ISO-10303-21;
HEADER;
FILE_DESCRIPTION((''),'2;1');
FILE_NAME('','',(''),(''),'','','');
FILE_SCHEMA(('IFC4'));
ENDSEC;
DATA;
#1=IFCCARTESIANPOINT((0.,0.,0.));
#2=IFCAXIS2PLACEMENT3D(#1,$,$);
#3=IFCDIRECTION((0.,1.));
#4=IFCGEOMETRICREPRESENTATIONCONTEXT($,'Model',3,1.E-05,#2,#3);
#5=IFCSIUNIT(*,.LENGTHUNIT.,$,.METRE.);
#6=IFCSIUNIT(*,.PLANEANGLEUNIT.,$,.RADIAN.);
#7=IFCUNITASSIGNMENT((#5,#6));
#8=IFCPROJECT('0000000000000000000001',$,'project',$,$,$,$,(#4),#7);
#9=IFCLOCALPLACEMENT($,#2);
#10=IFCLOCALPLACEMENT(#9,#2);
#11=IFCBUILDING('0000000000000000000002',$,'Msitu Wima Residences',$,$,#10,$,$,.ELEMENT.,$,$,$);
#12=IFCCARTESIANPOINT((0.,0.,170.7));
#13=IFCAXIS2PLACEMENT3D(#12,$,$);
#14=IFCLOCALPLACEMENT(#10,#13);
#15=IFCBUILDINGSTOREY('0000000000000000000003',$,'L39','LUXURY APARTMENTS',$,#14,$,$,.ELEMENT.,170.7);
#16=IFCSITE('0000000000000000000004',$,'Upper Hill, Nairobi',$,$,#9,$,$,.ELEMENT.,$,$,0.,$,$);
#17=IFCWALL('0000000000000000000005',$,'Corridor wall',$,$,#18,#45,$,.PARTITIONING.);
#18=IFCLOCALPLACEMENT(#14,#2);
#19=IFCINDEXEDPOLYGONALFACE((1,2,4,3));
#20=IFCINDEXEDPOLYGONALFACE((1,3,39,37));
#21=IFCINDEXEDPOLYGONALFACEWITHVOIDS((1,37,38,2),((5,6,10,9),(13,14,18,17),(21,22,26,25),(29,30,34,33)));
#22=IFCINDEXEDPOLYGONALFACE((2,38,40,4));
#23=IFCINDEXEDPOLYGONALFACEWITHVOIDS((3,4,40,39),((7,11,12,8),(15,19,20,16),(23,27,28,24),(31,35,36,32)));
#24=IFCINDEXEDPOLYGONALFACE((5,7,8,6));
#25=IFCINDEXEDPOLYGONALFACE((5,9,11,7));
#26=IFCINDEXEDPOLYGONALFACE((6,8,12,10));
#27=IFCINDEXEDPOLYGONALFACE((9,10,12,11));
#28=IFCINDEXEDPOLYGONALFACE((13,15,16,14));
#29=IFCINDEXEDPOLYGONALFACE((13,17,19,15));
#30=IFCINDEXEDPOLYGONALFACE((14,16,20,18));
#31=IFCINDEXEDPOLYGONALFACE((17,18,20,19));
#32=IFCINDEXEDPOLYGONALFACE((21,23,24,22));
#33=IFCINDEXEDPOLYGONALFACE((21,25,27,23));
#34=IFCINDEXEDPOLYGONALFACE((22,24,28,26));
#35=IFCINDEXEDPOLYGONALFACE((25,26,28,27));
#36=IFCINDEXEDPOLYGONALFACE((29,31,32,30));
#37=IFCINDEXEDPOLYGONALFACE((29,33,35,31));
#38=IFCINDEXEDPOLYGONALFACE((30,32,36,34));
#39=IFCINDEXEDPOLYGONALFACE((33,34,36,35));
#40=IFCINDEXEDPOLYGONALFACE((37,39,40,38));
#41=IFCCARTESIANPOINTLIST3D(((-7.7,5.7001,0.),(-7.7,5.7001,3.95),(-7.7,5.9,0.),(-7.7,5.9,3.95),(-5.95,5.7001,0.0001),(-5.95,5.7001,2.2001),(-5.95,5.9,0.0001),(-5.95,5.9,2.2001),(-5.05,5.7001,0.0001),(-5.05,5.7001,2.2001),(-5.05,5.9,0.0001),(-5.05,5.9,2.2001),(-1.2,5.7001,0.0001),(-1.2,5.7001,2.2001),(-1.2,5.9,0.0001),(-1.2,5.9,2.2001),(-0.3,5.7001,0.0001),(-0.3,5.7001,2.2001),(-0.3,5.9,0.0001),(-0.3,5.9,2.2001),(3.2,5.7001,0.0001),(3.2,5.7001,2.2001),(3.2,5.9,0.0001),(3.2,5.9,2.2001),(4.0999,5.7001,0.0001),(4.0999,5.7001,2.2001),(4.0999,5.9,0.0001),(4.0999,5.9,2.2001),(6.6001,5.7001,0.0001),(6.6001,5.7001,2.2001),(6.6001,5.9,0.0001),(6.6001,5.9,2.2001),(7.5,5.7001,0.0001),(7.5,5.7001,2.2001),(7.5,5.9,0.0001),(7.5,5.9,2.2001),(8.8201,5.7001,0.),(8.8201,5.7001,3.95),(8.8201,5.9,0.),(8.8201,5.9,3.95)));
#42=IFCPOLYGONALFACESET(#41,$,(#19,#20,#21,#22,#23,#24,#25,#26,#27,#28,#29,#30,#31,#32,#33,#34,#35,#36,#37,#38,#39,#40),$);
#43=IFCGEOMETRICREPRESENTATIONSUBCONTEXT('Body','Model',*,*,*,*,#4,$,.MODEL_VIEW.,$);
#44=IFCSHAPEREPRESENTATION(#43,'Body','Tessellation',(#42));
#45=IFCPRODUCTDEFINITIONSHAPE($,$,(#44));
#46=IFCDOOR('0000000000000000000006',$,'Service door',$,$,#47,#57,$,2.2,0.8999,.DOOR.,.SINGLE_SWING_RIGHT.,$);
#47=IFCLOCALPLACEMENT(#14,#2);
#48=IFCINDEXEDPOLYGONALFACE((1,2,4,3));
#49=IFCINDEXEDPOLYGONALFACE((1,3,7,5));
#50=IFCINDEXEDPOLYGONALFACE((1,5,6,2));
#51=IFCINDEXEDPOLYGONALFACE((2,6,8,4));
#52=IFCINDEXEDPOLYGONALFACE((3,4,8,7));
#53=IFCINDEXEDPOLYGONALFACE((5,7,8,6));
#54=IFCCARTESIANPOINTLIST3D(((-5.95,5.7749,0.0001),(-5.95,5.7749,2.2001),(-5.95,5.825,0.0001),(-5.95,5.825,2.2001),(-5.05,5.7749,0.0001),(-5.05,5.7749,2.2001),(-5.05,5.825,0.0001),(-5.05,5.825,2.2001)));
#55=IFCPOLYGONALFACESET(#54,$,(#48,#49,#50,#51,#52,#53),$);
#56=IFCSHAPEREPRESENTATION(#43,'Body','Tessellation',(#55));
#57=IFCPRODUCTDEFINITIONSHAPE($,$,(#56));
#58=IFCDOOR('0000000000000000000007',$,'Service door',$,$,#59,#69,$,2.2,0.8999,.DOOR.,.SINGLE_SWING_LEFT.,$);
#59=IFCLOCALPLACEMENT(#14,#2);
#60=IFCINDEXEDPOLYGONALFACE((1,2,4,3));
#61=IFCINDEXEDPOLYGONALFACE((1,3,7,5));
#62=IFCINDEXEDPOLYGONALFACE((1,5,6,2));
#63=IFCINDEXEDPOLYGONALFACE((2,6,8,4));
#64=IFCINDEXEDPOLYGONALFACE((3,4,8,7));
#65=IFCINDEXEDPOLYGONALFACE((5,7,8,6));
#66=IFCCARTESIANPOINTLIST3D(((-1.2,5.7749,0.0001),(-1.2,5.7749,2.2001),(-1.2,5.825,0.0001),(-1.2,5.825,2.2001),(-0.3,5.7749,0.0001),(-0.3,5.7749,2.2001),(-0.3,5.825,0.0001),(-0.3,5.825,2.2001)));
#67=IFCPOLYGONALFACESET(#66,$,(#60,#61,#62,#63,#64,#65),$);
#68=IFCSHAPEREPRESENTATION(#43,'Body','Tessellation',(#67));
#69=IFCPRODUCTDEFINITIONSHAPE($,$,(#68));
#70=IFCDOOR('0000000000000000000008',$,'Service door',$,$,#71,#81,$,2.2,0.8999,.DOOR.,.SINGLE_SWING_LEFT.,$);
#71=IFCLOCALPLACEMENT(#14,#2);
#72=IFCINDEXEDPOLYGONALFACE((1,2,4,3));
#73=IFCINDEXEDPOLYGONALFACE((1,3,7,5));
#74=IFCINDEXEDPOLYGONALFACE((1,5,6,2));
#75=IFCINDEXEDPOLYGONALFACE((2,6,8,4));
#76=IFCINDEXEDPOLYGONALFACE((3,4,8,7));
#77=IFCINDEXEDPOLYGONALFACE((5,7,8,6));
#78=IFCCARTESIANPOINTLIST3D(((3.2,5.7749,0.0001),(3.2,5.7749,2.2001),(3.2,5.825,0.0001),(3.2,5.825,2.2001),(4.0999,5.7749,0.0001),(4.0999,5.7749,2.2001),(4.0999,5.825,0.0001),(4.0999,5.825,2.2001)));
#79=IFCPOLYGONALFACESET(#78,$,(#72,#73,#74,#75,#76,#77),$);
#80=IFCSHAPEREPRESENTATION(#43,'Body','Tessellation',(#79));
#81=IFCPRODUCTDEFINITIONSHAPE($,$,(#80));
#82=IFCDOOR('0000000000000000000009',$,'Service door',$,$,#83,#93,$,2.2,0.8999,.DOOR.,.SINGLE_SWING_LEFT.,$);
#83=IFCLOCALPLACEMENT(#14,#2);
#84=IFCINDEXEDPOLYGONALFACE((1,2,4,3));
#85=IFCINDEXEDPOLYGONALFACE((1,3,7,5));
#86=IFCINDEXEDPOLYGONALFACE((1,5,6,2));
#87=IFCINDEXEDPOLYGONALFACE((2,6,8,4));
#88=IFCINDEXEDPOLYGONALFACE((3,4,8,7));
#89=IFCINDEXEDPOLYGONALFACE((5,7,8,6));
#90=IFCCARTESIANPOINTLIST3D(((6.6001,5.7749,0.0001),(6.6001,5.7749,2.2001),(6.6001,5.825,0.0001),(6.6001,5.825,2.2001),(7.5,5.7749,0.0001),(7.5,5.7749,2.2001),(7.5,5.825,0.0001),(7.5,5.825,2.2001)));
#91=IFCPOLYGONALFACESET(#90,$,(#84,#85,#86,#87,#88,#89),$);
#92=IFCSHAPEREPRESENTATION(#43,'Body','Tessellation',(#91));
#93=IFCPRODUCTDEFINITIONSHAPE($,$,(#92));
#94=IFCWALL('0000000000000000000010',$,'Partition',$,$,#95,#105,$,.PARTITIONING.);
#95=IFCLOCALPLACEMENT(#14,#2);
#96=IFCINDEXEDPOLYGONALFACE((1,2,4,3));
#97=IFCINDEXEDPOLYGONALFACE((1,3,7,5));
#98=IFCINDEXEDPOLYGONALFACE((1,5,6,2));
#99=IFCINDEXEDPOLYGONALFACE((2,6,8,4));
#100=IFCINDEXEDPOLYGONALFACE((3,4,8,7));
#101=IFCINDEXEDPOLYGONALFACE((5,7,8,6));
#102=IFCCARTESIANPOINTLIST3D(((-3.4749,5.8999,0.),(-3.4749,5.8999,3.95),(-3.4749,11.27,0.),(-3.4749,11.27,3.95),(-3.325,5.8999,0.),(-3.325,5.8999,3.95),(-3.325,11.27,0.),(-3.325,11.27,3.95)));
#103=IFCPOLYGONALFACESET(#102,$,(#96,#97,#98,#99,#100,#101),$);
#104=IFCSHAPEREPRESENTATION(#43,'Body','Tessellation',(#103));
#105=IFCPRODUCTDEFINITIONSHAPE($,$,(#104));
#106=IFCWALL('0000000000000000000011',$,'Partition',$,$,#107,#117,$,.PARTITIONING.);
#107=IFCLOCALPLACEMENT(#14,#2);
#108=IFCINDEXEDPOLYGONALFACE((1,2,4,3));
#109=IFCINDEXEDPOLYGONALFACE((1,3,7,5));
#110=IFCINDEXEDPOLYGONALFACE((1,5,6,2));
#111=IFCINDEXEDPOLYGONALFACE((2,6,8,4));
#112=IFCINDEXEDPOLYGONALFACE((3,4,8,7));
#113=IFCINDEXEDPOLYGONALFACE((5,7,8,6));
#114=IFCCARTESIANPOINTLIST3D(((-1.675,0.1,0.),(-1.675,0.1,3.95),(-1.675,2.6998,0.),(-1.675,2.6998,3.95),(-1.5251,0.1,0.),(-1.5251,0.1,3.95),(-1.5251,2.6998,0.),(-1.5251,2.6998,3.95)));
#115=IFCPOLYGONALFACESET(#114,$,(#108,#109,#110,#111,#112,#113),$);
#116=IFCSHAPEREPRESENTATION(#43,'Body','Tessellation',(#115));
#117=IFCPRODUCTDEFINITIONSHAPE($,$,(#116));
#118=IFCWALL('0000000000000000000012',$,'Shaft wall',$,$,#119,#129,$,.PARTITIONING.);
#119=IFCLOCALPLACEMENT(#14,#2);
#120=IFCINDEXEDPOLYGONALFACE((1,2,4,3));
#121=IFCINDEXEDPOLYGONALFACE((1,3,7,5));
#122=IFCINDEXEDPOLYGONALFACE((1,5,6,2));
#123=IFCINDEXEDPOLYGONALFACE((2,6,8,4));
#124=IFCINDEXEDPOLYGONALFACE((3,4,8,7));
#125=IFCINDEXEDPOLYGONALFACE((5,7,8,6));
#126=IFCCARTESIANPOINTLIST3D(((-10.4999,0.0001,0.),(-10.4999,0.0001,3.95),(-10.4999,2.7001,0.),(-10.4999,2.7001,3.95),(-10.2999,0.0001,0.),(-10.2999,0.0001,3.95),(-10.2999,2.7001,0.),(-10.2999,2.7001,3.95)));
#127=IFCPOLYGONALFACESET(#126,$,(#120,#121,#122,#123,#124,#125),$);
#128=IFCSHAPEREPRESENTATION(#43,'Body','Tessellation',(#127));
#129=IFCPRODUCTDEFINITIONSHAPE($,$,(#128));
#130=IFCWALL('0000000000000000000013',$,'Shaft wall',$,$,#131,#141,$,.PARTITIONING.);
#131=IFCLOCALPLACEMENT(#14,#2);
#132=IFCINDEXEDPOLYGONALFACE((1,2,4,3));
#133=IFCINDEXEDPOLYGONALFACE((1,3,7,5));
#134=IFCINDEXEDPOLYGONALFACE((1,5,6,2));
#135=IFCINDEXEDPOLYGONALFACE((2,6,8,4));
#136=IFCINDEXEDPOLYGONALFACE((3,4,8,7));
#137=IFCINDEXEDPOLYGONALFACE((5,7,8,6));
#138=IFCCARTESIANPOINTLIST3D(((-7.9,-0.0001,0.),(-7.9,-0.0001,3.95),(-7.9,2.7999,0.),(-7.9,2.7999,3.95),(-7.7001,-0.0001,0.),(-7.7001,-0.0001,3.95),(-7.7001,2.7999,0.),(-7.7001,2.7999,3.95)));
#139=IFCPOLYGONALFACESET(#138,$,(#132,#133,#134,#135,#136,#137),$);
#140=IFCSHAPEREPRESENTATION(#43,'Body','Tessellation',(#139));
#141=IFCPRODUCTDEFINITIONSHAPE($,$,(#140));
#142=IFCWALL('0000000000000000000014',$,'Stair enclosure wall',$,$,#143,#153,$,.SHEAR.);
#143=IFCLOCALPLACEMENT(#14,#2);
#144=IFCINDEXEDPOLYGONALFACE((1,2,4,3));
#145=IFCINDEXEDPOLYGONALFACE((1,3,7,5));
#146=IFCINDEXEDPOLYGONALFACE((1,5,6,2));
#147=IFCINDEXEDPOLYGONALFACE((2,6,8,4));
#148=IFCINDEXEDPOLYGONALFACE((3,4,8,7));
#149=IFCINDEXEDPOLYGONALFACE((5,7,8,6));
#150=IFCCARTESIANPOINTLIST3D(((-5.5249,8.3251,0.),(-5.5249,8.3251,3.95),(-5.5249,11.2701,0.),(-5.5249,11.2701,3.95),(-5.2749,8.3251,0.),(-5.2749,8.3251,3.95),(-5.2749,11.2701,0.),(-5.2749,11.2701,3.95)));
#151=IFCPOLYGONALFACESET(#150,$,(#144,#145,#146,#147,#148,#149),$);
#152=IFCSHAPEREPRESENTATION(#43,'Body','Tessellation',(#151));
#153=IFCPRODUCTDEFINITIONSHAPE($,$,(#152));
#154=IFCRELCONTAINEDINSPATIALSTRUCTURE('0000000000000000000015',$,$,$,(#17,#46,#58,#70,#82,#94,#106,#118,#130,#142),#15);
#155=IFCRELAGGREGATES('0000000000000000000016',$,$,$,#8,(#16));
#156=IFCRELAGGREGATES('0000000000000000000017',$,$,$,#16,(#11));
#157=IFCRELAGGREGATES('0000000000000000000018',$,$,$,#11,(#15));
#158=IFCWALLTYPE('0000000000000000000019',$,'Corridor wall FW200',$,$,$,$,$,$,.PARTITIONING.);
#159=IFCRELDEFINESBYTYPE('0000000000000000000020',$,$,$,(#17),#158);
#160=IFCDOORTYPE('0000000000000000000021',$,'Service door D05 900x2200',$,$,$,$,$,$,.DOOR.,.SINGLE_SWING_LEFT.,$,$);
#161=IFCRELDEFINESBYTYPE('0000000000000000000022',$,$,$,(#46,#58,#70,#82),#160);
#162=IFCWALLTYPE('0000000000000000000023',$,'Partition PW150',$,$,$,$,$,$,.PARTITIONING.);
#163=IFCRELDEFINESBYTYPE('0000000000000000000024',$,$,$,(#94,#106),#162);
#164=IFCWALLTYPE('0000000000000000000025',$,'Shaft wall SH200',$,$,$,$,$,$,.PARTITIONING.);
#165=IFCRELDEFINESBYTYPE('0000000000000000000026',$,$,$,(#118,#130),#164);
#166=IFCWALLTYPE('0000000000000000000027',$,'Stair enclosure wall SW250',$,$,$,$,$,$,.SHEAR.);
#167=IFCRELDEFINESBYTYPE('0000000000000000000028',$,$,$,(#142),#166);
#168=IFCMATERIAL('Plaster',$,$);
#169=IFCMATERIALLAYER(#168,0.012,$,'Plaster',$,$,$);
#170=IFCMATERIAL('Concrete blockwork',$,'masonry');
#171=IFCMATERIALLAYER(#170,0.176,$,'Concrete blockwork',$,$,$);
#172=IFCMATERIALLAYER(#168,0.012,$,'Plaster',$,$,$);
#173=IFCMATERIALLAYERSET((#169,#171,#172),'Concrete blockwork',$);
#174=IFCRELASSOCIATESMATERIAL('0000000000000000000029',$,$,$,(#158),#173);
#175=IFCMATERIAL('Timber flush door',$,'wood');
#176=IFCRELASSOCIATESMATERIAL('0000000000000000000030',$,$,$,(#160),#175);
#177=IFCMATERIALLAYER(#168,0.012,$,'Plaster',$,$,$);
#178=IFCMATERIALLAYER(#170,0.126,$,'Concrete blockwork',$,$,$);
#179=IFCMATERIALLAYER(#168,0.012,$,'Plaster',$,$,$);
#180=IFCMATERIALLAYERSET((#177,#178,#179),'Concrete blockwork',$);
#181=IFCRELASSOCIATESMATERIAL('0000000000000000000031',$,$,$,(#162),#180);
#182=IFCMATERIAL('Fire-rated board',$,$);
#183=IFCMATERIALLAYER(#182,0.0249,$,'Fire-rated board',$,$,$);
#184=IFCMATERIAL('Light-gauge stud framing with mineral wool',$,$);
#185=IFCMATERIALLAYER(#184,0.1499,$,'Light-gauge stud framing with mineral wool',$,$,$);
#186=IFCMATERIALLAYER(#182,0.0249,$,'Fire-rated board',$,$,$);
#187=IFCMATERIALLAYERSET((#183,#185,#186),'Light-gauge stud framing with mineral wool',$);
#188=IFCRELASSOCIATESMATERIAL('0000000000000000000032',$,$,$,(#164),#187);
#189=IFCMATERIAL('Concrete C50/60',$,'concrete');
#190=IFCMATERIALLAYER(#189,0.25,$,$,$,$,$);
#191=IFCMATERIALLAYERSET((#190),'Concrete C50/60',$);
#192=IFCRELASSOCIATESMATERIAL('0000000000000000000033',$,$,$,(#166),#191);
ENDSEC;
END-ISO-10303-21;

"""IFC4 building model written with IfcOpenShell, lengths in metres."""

from ifc_helpers import new_model, si_unit, direction, frame, frame_2d, origin, place, context, subcontext, project, spatial, rectangle, extrude, material, layer, layer_set, type_object, element, fill, save


model = new_model("IFC4")

# Units and contexts
model_context = context("Model", 3, precision=1e-05, world=origin(), true_north=direction((0.0, 1.0)))
body_context = subcontext(model_context, "Body", "Model", "MODEL_VIEW")
ifc_project = project(units=[si_unit("LENGTHUNIT", "METRE"), si_unit("PLANEANGLEUNIT", "RADIAN")], contexts=[model_context])

# Site, building, storey
site_placement = place(None, origin())
site = spatial("IfcSite", under=ifc_project, at=site_placement, Name="Upper Hill, Nairobi", CompositionType="ELEMENT", RefElevation=0.0)
building_placement = place(site_placement, origin())
building = spatial("IfcBuilding", under=site, at=building_placement, Name="Msitu Wima Residences", CompositionType="ELEMENT")
storey_placement = place(building_placement, frame((0.0, 0.0, 170.7)))
storey = spatial("IfcBuildingStorey", under=building, at=storey_placement, Name="L39", Description="LUXURY APARTMENTS", CompositionType="ELEMENT", Elevation=170.7)

# Shared definitions
ifc_material_1 = material(Name="Plaster")
ifc_layer_1 = layer(ifc_material_1, 0.012, Name="Plaster")
ifc_material_2 = material(Name="Concrete blockwork", Category="masonry")
ifc_layer_2 = layer(ifc_material_2, 0.176, Name="Concrete blockwork")
ifc_layer_3 = layer(ifc_material_1, 0.012, Name="Plaster")
ifc_layer_set_1 = layer_set([ifc_layer_1, ifc_layer_2, ifc_layer_3], Name="Concrete blockwork")
wall_type_1 = type_object("IfcWallType", Name="Corridor wall FW200", PredefinedType="PARTITIONING", material=ifc_layer_set_1)
ifc_material_3 = material(Name="Timber flush door", Category="wood")
door_type_1 = type_object("IfcDoorType", Name="Service door D05 900x2200", OperationType="SINGLE_SWING_LEFT", PredefinedType="DOOR", material=ifc_material_3)

# Wall, openings, doors
wall_1_placement = place(storey_placement, frame((-7.7, 5.8, 0.0), z_axis=(0.0, 0.0, 1.0), x_axis=(1.0, 0.0, 0.0)))
wall_1 = element("IfcWall", 1, at=wall_1_placement, inside=storey, type_object=wall_type_1, Name="Corridor wall", PredefinedType="PARTITIONING", context=body_context, shape_type="SweptSolid", body=[
    extrude(rectangle(XDim=16.52, YDim=0.2, at=frame_2d((8.26, 0.0))), origin(), (0.0, 0.0, 1.0), 3.95),
])
opening_1_placement = place(wall_1_placement, frame((1.75, 0.0, 0.0)))
opening_1 = element("IfcOpeningElement", 2, at=opening_1_placement, cuts=wall_1, PredefinedType="OPENING", context=body_context, shape_type="SweptSolid", body=[
    extrude(rectangle(XDim=0.8999, YDim=2.2, at=frame_2d((0.45, 1.1001))), frame((0.0, 0.1099, 0.0), z_axis=(0.0, -1.0, 0.0), x_axis=(1.0, 0.0, 0.0)), (0.0, 0.0, 1.0), 0.22),
])
opening_2_placement = place(wall_1_placement, frame((6.5, 0.0, 0.0)))
opening_2 = element("IfcOpeningElement", 3, at=opening_2_placement, cuts=wall_1, PredefinedType="OPENING", context=body_context, shape_type="SweptSolid", body=[
    extrude(rectangle(XDim=0.8999, YDim=2.2, at=frame_2d((0.45, 1.1001))), frame((0.0, 0.1099, 0.0), z_axis=(0.0, -1.0, 0.0), x_axis=(1.0, 0.0, 0.0)), (0.0, 0.0, 1.0), 0.22),
])
opening_3_placement = place(wall_1_placement, frame((10.8999, 0.0, 0.0)))
opening_3 = element("IfcOpeningElement", 4, at=opening_3_placement, cuts=wall_1, PredefinedType="OPENING", context=body_context, shape_type="SweptSolid", body=[
    extrude(rectangle(XDim=0.8999, YDim=2.2, at=frame_2d((0.45, 1.1001))), frame((0.0, 0.1099, 0.0), z_axis=(0.0, -1.0, 0.0), x_axis=(1.0, 0.0, 0.0)), (0.0, 0.0, 1.0), 0.22),
])
opening_4_placement = place(wall_1_placement, frame((14.3, 0.0, 0.0)))
opening_4 = element("IfcOpeningElement", 5, at=opening_4_placement, cuts=wall_1, PredefinedType="OPENING", context=body_context, shape_type="SweptSolid", body=[
    extrude(rectangle(XDim=0.8999, YDim=2.2, at=frame_2d((0.45, 1.1001))), frame((0.0, 0.1099, 0.0), z_axis=(0.0, -1.0, 0.0), x_axis=(1.0, 0.0, 0.0)), (0.0, 0.0, 1.0), 0.22),
])
door_1_placement = place(opening_1_placement, origin())
door_1 = element("IfcDoor", 6, at=door_1_placement, inside=storey, type_object=door_type_1, Name="Service door", OperationType="SINGLE_SWING_RIGHT", OverallHeight=2.2, OverallWidth=0.8999, PredefinedType="DOOR", context=body_context, shape_type="SweptSolid", body=[
    extrude(rectangle(XDim=0.8999, YDim=2.2, at=frame_2d((0.45, 1.1001))), frame((0.0, 0.0249, 0.0), z_axis=(0.0, -1.0, 0.0), x_axis=(1.0, 0.0, 0.0)), (0.0, 0.0, 1.0), 0.05),
])
fill(opening_1, door_1)
door_2_placement = place(opening_2_placement, origin())
door_2 = element("IfcDoor", 7, at=door_2_placement, inside=storey, type_object=door_type_1, Name="Service door", OperationType="SINGLE_SWING_LEFT", OverallHeight=2.2, OverallWidth=0.8999, PredefinedType="DOOR", context=body_context, shape_type="SweptSolid", body=[
    extrude(rectangle(XDim=0.8999, YDim=2.2, at=frame_2d((0.45, 1.1001))), frame((0.0, 0.0249, 0.0), z_axis=(0.0, -1.0, 0.0), x_axis=(1.0, 0.0, 0.0)), (0.0, 0.0, 1.0), 0.05),
])
fill(opening_2, door_2)
door_3_placement = place(opening_3_placement, origin())
door_3 = element("IfcDoor", 8, at=door_3_placement, inside=storey, type_object=door_type_1, Name="Service door", OperationType="SINGLE_SWING_LEFT", OverallHeight=2.2, OverallWidth=0.8999, PredefinedType="DOOR", context=body_context, shape_type="SweptSolid", body=[
    extrude(rectangle(XDim=0.8999, YDim=2.2, at=frame_2d((0.45, 1.1001))), frame((0.0, 0.0249, 0.0), z_axis=(0.0, -1.0, 0.0), x_axis=(1.0, 0.0, 0.0)), (0.0, 0.0, 1.0), 0.05),
])
fill(opening_3, door_3)
door_4_placement = place(opening_4_placement, origin())
door_4 = element("IfcDoor", 9, at=door_4_placement, inside=storey, type_object=door_type_1, Name="Service door", OperationType="SINGLE_SWING_LEFT", OverallHeight=2.2, OverallWidth=0.8999, PredefinedType="DOOR", context=body_context, shape_type="SweptSolid", body=[
    extrude(rectangle(XDim=0.8999, YDim=2.2, at=frame_2d((0.45, 1.1001))), frame((0.0, 0.0249, 0.0), z_axis=(0.0, -1.0, 0.0), x_axis=(1.0, 0.0, 0.0)), (0.0, 0.0, 1.0), 0.05),
])
fill(opening_4, door_4)

# Walls
ifc_layer_4 = layer(ifc_material_1, 0.012, Name="Plaster")
ifc_layer_5 = layer(ifc_material_2, 0.126, Name="Concrete blockwork")
ifc_layer_6 = layer(ifc_material_1, 0.012, Name="Plaster")
ifc_layer_set_2 = layer_set([ifc_layer_4, ifc_layer_5, ifc_layer_6], Name="Concrete blockwork")
wall_type_2 = type_object("IfcWallType", Name="Partition PW150", PredefinedType="PARTITIONING", material=ifc_layer_set_2)
wall_2_placement = place(storey_placement, frame((-3.3999, 5.8999, 0.0), z_axis=(0.0, 0.0, 1.0), x_axis=(0.0, 1.0, 0.0)))
element("IfcWall", 10, at=wall_2_placement, inside=storey, type_object=wall_type_2, Name="Partition", PredefinedType="PARTITIONING", context=body_context, shape_type="SweptSolid", body=[
    extrude(rectangle(XDim=5.3701, YDim=0.1499, at=frame_2d((2.6851, 0.0))), origin(), (0.0, 0.0, 1.0), 3.95),
])
wall_3_placement = place(storey_placement, frame((-1.6001, 0.1001, 0.0), z_axis=(0.0, 0.0, 1.0), x_axis=(0.0, 1.0, 0.0)))
element("IfcWall", 11, at=wall_3_placement, inside=storey, type_object=wall_type_2, Name="Partition", PredefinedType="PARTITIONING", context=body_context, shape_type="SweptSolid", body=[
    extrude(rectangle(XDim=2.5999, YDim=0.1499, at=frame_2d((1.2998, 0.0))), origin(), (0.0, 0.0, 1.0), 3.95),
])
ifc_material_4 = material(Name="Fire-rated board")
ifc_layer_7 = layer(ifc_material_4, 0.0249, Name="Fire-rated board")
ifc_material_5 = material(Name="Light-gauge stud framing with mineral wool")
ifc_layer_8 = layer(ifc_material_5, 0.1499, Name="Light-gauge stud framing with mineral wool")
ifc_layer_9 = layer(ifc_material_4, 0.0249, Name="Fire-rated board")
ifc_layer_set_3 = layer_set([ifc_layer_7, ifc_layer_8, ifc_layer_9], Name="Light-gauge stud framing with mineral wool")
wall_type_3 = type_object("IfcWallType", Name="Shaft wall SH200", PredefinedType="PARTITIONING", material=ifc_layer_set_3)
wall_4_placement = place(storey_placement, frame((-10.3999, 0.0, 0.0), z_axis=(0.0, 0.0, 1.0), x_axis=(0.0, 1.0, 0.0)))
element("IfcWall", 12, at=wall_4_placement, inside=storey, type_object=wall_type_3, Name="Shaft wall", PredefinedType="PARTITIONING", context=body_context, shape_type="SweptSolid", body=[
    extrude(rectangle(XDim=2.7, YDim=0.2, at=frame_2d((1.3501, 0.0))), origin(), (0.0, 0.0, 1.0), 3.95),
])
wall_5_placement = place(storey_placement, frame((-7.8, 0.0, 0.0), z_axis=(0.0, 0.0, 1.0), x_axis=(0.0, 1.0, 0.0)))
element("IfcWall", 13, at=wall_5_placement, inside=storey, type_object=wall_type_3, Name="Shaft wall", PredefinedType="PARTITIONING", context=body_context, shape_type="SweptSolid", body=[
    extrude(rectangle(XDim=2.8, YDim=0.2, at=frame_2d((1.3999, 0.0))), origin(), (0.0, 0.0, 1.0), 3.95),
])
ifc_material_6 = material(Name="Concrete C50/60", Category="concrete")
ifc_layer_10 = layer(ifc_material_6, 0.25)
ifc_layer_set_4 = layer_set([ifc_layer_10], Name="Concrete C50/60")
wall_type_4 = type_object("IfcWallType", Name="Stair enclosure wall SW250", PredefinedType="SHEAR", material=ifc_layer_set_4)
wall_6_placement = place(storey_placement, frame((-5.3999, 8.325, 0.0), z_axis=(0.0, 0.0, 1.0), x_axis=(0.0, 1.0, 0.0)))
element("IfcWall", 14, at=wall_6_placement, inside=storey, type_object=wall_type_4, Name="Stair enclosure wall", PredefinedType="SHEAR", context=body_context, shape_type="SweptSolid", body=[
    extrude(rectangle(XDim=2.9451, YDim=0.25, at=frame_2d((1.4727, 0.0))), origin(), (0.0, 0.0, 1.0), 3.95),
])

save(model, "model.ifc")
